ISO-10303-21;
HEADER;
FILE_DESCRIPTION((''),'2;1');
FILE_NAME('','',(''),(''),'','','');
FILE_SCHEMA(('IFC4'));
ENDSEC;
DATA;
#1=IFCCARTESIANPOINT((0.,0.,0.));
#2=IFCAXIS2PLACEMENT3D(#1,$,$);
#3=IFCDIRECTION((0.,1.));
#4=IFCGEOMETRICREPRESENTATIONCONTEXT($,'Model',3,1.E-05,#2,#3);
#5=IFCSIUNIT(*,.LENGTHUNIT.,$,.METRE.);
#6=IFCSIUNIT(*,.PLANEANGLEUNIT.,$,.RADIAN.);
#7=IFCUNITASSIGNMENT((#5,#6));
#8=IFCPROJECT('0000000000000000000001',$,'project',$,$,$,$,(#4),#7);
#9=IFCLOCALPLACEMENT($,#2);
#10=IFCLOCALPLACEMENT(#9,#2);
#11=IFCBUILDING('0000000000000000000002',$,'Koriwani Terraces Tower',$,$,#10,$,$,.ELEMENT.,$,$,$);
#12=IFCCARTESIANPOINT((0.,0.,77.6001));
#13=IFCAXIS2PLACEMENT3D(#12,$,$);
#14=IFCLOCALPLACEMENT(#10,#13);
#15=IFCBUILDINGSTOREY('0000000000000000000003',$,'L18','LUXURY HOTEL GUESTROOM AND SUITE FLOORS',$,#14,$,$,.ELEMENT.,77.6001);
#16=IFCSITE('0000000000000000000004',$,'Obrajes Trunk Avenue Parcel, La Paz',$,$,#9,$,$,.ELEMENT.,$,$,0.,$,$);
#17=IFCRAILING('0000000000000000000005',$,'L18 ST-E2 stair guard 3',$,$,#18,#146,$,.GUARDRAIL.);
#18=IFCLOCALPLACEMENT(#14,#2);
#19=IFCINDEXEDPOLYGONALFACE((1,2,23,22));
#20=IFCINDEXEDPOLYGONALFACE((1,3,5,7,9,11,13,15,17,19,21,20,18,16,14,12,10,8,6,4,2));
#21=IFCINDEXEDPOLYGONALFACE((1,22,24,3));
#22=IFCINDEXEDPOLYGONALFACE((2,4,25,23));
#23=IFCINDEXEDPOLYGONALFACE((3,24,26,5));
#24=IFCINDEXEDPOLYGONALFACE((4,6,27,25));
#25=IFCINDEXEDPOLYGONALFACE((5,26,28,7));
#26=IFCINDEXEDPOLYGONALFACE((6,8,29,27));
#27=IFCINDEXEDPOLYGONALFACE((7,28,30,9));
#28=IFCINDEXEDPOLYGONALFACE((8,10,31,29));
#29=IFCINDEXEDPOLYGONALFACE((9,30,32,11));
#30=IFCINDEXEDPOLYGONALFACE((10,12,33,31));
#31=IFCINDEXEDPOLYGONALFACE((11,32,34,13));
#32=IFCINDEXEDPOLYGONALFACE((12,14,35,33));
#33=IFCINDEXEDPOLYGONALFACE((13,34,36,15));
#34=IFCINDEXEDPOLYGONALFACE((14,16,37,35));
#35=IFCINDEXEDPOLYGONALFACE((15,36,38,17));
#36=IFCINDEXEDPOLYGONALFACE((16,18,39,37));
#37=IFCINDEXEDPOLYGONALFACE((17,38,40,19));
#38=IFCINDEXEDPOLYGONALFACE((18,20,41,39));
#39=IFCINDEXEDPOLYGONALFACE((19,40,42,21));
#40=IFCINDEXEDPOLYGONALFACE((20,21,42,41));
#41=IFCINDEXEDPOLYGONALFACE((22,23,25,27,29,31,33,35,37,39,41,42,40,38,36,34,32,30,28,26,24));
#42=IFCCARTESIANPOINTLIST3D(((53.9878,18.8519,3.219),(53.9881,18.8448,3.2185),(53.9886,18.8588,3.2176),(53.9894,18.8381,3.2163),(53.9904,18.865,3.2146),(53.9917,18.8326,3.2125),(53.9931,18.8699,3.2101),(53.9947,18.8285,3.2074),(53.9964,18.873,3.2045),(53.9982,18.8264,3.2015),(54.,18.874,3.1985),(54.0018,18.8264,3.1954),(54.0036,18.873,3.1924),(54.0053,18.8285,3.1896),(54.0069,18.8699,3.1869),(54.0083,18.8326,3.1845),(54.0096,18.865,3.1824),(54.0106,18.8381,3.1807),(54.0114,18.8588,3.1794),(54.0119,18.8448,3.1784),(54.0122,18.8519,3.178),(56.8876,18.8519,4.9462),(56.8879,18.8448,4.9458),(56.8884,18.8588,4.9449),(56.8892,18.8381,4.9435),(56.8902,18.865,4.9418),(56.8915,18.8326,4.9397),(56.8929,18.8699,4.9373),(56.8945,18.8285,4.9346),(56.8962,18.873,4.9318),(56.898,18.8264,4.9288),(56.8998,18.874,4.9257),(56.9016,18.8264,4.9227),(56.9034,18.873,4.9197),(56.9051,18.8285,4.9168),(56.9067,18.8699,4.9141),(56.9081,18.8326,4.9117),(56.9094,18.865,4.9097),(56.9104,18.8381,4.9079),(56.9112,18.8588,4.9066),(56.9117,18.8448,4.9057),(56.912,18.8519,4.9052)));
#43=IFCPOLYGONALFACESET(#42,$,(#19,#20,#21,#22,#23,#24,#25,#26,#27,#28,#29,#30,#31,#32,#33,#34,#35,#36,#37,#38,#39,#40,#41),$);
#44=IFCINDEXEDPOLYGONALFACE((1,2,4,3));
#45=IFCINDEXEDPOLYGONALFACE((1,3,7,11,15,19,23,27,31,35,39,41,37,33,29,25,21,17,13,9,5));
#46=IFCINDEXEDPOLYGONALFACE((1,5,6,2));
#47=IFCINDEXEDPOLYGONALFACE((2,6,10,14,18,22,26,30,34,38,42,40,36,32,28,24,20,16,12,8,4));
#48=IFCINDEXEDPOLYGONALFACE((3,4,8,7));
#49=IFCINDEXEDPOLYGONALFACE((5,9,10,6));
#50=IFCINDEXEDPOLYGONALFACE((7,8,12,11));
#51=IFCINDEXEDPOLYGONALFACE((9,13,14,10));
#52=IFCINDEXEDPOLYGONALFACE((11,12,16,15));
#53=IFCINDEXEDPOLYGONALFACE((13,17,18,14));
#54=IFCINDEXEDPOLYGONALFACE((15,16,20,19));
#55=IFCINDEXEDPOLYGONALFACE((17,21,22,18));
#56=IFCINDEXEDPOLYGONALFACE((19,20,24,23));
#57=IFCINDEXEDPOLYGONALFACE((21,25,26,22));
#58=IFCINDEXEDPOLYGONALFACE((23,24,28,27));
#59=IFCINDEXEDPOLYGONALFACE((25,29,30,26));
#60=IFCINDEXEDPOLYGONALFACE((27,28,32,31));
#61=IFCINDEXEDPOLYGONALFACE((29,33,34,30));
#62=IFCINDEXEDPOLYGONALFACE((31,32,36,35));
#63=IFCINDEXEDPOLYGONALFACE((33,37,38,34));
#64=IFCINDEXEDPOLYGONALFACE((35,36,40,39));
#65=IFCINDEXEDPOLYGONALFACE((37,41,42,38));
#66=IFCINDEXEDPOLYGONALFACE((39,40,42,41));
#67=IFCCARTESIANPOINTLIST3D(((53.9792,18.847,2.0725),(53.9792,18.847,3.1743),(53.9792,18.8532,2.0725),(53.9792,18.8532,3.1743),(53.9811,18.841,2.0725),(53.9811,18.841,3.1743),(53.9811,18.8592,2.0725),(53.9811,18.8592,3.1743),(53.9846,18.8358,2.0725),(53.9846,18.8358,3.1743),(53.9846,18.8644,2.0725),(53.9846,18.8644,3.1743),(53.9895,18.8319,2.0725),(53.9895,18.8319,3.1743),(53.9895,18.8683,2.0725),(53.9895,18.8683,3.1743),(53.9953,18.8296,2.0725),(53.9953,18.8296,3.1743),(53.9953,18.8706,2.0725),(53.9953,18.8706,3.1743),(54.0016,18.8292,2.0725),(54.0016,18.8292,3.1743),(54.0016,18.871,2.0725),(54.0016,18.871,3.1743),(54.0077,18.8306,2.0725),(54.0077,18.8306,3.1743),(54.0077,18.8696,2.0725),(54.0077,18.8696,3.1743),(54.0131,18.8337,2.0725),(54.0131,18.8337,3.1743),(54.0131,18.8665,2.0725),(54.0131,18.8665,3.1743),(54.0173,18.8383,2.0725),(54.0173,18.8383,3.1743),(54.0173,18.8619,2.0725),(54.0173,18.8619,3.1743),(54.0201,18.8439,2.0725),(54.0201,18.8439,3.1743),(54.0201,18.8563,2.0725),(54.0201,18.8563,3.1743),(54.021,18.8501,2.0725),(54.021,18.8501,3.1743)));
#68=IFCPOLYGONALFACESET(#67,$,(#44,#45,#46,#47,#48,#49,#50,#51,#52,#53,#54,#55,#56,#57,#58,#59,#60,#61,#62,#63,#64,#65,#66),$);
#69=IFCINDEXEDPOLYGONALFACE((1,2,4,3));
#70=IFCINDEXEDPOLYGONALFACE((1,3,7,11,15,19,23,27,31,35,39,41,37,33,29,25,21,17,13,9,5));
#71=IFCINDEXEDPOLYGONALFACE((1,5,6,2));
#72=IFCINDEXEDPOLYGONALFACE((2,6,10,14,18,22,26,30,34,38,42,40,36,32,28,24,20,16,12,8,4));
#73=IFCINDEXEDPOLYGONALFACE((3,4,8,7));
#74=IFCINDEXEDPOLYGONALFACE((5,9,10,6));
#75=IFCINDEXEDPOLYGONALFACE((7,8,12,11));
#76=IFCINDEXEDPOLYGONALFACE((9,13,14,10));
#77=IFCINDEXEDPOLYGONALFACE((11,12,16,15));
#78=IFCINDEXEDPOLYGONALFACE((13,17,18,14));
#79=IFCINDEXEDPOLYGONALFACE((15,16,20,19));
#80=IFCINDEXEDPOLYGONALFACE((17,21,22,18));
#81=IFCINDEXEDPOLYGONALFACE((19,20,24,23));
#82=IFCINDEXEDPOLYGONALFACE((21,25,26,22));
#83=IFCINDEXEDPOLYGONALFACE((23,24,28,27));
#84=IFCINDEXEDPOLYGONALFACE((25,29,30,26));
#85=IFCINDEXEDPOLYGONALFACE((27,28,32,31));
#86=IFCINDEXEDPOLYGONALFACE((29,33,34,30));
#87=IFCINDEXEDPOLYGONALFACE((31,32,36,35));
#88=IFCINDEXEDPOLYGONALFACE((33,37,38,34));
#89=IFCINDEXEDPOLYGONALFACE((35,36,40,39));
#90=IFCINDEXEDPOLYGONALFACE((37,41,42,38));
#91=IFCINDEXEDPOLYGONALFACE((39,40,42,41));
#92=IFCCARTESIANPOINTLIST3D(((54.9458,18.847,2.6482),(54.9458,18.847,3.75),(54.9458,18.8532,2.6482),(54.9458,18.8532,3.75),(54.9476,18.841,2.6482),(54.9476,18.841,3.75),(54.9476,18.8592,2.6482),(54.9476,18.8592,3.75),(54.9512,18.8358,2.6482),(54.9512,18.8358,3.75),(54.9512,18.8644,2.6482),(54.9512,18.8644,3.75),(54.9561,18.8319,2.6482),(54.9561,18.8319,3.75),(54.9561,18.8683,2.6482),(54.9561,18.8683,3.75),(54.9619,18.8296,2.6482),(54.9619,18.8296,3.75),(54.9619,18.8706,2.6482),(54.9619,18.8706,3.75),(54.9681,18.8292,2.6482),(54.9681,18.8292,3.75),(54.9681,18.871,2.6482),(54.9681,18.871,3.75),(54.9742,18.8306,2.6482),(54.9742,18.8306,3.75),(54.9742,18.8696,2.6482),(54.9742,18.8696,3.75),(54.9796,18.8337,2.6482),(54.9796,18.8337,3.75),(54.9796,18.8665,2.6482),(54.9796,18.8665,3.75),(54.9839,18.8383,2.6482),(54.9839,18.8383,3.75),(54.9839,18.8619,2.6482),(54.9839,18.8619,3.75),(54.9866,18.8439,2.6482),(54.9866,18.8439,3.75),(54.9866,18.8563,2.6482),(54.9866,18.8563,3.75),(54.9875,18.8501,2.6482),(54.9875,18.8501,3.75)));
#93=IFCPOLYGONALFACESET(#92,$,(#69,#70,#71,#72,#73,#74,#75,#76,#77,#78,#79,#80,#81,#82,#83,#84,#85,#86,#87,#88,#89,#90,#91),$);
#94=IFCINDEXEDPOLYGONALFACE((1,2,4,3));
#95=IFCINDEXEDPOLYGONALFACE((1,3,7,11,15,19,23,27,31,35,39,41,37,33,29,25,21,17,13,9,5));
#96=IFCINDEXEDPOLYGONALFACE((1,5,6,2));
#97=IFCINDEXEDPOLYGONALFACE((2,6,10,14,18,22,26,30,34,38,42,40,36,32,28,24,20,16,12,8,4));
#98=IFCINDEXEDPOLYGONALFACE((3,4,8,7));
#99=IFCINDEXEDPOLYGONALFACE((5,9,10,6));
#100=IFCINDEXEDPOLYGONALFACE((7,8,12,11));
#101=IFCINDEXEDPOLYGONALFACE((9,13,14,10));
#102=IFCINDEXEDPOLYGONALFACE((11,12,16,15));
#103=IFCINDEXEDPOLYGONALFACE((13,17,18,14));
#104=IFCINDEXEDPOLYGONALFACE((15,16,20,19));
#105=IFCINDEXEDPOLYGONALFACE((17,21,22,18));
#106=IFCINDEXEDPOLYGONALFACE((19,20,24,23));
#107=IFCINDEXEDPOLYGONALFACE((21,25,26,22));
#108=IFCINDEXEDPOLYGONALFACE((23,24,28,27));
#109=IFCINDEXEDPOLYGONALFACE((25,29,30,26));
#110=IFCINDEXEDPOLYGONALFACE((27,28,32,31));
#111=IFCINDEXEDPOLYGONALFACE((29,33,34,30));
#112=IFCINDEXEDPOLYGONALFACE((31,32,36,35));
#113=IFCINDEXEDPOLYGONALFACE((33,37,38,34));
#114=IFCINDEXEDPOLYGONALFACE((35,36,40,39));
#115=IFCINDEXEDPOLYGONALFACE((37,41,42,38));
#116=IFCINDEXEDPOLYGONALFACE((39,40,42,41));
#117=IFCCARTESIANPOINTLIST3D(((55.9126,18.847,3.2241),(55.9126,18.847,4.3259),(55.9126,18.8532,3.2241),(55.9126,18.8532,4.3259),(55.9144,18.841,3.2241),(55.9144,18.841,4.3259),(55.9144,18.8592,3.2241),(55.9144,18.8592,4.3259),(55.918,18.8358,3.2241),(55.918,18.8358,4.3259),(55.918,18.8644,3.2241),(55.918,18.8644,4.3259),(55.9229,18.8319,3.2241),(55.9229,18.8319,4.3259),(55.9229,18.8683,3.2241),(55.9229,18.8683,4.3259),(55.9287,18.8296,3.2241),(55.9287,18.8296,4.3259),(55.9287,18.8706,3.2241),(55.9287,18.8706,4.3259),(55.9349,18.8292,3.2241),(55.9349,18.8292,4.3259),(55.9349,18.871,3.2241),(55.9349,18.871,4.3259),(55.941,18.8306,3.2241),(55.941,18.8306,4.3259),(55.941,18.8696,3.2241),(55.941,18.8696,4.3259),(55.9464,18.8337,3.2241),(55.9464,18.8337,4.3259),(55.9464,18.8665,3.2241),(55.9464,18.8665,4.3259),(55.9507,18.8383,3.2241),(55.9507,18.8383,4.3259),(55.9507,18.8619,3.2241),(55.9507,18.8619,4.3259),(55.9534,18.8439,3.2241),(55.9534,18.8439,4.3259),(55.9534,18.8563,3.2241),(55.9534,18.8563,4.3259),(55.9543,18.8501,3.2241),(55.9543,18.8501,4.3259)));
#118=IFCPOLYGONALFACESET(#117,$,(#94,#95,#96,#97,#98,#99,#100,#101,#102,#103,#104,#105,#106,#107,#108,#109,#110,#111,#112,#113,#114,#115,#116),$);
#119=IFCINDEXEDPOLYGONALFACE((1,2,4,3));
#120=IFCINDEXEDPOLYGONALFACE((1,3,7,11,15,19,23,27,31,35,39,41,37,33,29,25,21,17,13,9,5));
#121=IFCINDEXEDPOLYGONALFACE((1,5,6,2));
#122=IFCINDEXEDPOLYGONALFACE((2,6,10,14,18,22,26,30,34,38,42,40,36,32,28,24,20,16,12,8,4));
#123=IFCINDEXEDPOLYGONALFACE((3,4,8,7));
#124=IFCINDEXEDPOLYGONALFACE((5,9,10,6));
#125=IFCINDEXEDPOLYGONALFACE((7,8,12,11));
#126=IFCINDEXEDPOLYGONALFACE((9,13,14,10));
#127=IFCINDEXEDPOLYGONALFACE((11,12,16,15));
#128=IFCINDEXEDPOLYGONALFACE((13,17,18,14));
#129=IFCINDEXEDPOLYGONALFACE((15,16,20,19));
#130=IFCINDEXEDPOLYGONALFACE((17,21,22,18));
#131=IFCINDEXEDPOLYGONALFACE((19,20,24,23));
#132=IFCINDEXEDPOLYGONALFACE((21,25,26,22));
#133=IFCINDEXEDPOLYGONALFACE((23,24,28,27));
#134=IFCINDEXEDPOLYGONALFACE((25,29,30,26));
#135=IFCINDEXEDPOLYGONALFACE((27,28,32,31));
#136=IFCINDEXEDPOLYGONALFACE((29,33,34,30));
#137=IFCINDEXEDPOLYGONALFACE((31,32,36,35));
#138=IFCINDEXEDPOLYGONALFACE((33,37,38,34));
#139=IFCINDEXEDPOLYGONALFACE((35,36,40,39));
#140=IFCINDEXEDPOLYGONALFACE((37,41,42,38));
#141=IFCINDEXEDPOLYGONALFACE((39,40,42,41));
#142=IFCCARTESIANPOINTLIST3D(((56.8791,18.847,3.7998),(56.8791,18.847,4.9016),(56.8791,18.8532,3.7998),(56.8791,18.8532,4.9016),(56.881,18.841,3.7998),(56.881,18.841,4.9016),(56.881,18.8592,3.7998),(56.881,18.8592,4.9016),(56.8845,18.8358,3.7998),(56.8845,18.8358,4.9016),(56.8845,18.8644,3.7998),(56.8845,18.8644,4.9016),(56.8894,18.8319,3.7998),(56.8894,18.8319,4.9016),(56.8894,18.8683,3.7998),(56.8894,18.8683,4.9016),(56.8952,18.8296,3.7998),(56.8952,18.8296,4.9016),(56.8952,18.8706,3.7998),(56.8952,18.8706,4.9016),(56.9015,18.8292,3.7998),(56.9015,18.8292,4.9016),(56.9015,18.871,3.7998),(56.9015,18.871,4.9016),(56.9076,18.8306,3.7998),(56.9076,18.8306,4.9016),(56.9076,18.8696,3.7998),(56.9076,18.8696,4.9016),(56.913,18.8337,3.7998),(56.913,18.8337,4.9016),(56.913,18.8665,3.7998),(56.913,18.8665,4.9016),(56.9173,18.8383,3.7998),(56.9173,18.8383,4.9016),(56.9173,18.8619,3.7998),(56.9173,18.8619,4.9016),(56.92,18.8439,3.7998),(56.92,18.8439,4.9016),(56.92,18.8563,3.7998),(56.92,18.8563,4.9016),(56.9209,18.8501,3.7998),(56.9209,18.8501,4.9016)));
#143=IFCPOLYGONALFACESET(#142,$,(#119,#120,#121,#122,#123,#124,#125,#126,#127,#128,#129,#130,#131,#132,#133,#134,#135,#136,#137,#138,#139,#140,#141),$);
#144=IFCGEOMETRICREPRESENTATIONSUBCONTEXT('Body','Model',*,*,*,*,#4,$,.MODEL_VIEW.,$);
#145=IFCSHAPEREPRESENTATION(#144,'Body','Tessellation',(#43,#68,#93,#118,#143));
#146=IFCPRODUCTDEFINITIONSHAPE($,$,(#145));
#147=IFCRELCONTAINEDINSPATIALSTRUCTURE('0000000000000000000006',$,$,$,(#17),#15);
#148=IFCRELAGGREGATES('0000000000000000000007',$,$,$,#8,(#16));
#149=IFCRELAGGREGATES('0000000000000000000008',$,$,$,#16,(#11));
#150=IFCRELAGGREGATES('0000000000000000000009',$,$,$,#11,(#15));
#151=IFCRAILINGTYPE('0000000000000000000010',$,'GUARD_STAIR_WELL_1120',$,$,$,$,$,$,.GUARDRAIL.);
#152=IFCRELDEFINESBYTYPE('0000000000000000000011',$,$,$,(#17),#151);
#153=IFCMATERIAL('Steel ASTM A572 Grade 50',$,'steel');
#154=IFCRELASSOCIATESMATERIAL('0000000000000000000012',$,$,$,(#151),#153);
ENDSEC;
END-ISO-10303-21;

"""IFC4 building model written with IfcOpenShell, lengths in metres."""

from ifc_helpers import new_model, si_unit, direction, frame, origin, origin_2d, place, context, subcontext, project, spatial, circle, extrude, material, type_object, element, save


model = new_model("IFC4")

# Units and contexts
model_context = context("Model", 3, precision=1e-05, world=origin(), true_north=direction((0.0, 1.0)))
body_context = subcontext(model_context, "Body", "Model", "MODEL_VIEW")
ifc_project = project(units=[si_unit("LENGTHUNIT", "METRE"), si_unit("PLANEANGLEUNIT", "RADIAN")], contexts=[model_context])

# Site, building, storey
site_placement = place(None, origin())
site = spatial("IfcSite", under=ifc_project, at=site_placement, Name="Obrajes Trunk Avenue Parcel, La Paz", CompositionType="ELEMENT", RefElevation=0.0)
building_placement = place(site_placement, origin())
building = spatial("IfcBuilding", under=site, at=building_placement, Name="Koriwani Terraces Tower", CompositionType="ELEMENT")
storey_placement = place(building_placement, frame((0.0, 0.0, 77.6001)))
storey = spatial("IfcBuildingStorey", under=building, at=storey_placement, Name="L18", Description="LUXURY HOTEL GUESTROOM AND SUITE FLOORS", CompositionType="ELEMENT", Elevation=77.6001)

# Shared definitions
ifc_material_1 = material(Name="Steel ASTM A572 Grade 50", Category="steel")

# Railing
railing_type_1 = type_object("IfcRailingType", Name="GUARD_STAIR_WELL_1120", PredefinedType="GUARDRAIL", material=ifc_material_1)
railing_1_placement = place(storey_placement, frame((54.0, 18.8501, 2.0725)))
element("IfcRailing", 1, at=railing_1_placement, inside=storey, type_object=railing_type_1, Name="L18 ST-E2 stair guard 3", PredefinedType="GUARDRAIL", context=body_context, shape_type="SweptSolid", body=[
    extrude(circle(Radius=0.0239, at=origin_2d()), frame((0.0, 0.0, 1.126), z_axis=(0.859141, 0.0, 0.511738), x_axis=(0.0, 1.0, 0.0)), (0.0, 0.0, 1.0), 3.3752),
    extrude(circle(Radius=0.021, at=origin_2d()), origin(), (0.0, 0.0, 1.0), 1.1018),
    extrude(circle(Radius=0.021, at=origin_2d()), frame((0.9666, 0.0, 0.5757)), (0.0, 0.0, 1.0), 1.1018),
    extrude(circle(Radius=0.021, at=origin_2d()), frame((1.9333, 0.0, 1.1516)), (0.0, 0.0, 1.0), 1.1018),
    extrude(circle(Radius=0.021, at=origin_2d()), frame((2.8999, 0.0, 1.7273)), (0.0, 0.0, 1.0), 1.1018),
])

save(model, "model.ifc")
